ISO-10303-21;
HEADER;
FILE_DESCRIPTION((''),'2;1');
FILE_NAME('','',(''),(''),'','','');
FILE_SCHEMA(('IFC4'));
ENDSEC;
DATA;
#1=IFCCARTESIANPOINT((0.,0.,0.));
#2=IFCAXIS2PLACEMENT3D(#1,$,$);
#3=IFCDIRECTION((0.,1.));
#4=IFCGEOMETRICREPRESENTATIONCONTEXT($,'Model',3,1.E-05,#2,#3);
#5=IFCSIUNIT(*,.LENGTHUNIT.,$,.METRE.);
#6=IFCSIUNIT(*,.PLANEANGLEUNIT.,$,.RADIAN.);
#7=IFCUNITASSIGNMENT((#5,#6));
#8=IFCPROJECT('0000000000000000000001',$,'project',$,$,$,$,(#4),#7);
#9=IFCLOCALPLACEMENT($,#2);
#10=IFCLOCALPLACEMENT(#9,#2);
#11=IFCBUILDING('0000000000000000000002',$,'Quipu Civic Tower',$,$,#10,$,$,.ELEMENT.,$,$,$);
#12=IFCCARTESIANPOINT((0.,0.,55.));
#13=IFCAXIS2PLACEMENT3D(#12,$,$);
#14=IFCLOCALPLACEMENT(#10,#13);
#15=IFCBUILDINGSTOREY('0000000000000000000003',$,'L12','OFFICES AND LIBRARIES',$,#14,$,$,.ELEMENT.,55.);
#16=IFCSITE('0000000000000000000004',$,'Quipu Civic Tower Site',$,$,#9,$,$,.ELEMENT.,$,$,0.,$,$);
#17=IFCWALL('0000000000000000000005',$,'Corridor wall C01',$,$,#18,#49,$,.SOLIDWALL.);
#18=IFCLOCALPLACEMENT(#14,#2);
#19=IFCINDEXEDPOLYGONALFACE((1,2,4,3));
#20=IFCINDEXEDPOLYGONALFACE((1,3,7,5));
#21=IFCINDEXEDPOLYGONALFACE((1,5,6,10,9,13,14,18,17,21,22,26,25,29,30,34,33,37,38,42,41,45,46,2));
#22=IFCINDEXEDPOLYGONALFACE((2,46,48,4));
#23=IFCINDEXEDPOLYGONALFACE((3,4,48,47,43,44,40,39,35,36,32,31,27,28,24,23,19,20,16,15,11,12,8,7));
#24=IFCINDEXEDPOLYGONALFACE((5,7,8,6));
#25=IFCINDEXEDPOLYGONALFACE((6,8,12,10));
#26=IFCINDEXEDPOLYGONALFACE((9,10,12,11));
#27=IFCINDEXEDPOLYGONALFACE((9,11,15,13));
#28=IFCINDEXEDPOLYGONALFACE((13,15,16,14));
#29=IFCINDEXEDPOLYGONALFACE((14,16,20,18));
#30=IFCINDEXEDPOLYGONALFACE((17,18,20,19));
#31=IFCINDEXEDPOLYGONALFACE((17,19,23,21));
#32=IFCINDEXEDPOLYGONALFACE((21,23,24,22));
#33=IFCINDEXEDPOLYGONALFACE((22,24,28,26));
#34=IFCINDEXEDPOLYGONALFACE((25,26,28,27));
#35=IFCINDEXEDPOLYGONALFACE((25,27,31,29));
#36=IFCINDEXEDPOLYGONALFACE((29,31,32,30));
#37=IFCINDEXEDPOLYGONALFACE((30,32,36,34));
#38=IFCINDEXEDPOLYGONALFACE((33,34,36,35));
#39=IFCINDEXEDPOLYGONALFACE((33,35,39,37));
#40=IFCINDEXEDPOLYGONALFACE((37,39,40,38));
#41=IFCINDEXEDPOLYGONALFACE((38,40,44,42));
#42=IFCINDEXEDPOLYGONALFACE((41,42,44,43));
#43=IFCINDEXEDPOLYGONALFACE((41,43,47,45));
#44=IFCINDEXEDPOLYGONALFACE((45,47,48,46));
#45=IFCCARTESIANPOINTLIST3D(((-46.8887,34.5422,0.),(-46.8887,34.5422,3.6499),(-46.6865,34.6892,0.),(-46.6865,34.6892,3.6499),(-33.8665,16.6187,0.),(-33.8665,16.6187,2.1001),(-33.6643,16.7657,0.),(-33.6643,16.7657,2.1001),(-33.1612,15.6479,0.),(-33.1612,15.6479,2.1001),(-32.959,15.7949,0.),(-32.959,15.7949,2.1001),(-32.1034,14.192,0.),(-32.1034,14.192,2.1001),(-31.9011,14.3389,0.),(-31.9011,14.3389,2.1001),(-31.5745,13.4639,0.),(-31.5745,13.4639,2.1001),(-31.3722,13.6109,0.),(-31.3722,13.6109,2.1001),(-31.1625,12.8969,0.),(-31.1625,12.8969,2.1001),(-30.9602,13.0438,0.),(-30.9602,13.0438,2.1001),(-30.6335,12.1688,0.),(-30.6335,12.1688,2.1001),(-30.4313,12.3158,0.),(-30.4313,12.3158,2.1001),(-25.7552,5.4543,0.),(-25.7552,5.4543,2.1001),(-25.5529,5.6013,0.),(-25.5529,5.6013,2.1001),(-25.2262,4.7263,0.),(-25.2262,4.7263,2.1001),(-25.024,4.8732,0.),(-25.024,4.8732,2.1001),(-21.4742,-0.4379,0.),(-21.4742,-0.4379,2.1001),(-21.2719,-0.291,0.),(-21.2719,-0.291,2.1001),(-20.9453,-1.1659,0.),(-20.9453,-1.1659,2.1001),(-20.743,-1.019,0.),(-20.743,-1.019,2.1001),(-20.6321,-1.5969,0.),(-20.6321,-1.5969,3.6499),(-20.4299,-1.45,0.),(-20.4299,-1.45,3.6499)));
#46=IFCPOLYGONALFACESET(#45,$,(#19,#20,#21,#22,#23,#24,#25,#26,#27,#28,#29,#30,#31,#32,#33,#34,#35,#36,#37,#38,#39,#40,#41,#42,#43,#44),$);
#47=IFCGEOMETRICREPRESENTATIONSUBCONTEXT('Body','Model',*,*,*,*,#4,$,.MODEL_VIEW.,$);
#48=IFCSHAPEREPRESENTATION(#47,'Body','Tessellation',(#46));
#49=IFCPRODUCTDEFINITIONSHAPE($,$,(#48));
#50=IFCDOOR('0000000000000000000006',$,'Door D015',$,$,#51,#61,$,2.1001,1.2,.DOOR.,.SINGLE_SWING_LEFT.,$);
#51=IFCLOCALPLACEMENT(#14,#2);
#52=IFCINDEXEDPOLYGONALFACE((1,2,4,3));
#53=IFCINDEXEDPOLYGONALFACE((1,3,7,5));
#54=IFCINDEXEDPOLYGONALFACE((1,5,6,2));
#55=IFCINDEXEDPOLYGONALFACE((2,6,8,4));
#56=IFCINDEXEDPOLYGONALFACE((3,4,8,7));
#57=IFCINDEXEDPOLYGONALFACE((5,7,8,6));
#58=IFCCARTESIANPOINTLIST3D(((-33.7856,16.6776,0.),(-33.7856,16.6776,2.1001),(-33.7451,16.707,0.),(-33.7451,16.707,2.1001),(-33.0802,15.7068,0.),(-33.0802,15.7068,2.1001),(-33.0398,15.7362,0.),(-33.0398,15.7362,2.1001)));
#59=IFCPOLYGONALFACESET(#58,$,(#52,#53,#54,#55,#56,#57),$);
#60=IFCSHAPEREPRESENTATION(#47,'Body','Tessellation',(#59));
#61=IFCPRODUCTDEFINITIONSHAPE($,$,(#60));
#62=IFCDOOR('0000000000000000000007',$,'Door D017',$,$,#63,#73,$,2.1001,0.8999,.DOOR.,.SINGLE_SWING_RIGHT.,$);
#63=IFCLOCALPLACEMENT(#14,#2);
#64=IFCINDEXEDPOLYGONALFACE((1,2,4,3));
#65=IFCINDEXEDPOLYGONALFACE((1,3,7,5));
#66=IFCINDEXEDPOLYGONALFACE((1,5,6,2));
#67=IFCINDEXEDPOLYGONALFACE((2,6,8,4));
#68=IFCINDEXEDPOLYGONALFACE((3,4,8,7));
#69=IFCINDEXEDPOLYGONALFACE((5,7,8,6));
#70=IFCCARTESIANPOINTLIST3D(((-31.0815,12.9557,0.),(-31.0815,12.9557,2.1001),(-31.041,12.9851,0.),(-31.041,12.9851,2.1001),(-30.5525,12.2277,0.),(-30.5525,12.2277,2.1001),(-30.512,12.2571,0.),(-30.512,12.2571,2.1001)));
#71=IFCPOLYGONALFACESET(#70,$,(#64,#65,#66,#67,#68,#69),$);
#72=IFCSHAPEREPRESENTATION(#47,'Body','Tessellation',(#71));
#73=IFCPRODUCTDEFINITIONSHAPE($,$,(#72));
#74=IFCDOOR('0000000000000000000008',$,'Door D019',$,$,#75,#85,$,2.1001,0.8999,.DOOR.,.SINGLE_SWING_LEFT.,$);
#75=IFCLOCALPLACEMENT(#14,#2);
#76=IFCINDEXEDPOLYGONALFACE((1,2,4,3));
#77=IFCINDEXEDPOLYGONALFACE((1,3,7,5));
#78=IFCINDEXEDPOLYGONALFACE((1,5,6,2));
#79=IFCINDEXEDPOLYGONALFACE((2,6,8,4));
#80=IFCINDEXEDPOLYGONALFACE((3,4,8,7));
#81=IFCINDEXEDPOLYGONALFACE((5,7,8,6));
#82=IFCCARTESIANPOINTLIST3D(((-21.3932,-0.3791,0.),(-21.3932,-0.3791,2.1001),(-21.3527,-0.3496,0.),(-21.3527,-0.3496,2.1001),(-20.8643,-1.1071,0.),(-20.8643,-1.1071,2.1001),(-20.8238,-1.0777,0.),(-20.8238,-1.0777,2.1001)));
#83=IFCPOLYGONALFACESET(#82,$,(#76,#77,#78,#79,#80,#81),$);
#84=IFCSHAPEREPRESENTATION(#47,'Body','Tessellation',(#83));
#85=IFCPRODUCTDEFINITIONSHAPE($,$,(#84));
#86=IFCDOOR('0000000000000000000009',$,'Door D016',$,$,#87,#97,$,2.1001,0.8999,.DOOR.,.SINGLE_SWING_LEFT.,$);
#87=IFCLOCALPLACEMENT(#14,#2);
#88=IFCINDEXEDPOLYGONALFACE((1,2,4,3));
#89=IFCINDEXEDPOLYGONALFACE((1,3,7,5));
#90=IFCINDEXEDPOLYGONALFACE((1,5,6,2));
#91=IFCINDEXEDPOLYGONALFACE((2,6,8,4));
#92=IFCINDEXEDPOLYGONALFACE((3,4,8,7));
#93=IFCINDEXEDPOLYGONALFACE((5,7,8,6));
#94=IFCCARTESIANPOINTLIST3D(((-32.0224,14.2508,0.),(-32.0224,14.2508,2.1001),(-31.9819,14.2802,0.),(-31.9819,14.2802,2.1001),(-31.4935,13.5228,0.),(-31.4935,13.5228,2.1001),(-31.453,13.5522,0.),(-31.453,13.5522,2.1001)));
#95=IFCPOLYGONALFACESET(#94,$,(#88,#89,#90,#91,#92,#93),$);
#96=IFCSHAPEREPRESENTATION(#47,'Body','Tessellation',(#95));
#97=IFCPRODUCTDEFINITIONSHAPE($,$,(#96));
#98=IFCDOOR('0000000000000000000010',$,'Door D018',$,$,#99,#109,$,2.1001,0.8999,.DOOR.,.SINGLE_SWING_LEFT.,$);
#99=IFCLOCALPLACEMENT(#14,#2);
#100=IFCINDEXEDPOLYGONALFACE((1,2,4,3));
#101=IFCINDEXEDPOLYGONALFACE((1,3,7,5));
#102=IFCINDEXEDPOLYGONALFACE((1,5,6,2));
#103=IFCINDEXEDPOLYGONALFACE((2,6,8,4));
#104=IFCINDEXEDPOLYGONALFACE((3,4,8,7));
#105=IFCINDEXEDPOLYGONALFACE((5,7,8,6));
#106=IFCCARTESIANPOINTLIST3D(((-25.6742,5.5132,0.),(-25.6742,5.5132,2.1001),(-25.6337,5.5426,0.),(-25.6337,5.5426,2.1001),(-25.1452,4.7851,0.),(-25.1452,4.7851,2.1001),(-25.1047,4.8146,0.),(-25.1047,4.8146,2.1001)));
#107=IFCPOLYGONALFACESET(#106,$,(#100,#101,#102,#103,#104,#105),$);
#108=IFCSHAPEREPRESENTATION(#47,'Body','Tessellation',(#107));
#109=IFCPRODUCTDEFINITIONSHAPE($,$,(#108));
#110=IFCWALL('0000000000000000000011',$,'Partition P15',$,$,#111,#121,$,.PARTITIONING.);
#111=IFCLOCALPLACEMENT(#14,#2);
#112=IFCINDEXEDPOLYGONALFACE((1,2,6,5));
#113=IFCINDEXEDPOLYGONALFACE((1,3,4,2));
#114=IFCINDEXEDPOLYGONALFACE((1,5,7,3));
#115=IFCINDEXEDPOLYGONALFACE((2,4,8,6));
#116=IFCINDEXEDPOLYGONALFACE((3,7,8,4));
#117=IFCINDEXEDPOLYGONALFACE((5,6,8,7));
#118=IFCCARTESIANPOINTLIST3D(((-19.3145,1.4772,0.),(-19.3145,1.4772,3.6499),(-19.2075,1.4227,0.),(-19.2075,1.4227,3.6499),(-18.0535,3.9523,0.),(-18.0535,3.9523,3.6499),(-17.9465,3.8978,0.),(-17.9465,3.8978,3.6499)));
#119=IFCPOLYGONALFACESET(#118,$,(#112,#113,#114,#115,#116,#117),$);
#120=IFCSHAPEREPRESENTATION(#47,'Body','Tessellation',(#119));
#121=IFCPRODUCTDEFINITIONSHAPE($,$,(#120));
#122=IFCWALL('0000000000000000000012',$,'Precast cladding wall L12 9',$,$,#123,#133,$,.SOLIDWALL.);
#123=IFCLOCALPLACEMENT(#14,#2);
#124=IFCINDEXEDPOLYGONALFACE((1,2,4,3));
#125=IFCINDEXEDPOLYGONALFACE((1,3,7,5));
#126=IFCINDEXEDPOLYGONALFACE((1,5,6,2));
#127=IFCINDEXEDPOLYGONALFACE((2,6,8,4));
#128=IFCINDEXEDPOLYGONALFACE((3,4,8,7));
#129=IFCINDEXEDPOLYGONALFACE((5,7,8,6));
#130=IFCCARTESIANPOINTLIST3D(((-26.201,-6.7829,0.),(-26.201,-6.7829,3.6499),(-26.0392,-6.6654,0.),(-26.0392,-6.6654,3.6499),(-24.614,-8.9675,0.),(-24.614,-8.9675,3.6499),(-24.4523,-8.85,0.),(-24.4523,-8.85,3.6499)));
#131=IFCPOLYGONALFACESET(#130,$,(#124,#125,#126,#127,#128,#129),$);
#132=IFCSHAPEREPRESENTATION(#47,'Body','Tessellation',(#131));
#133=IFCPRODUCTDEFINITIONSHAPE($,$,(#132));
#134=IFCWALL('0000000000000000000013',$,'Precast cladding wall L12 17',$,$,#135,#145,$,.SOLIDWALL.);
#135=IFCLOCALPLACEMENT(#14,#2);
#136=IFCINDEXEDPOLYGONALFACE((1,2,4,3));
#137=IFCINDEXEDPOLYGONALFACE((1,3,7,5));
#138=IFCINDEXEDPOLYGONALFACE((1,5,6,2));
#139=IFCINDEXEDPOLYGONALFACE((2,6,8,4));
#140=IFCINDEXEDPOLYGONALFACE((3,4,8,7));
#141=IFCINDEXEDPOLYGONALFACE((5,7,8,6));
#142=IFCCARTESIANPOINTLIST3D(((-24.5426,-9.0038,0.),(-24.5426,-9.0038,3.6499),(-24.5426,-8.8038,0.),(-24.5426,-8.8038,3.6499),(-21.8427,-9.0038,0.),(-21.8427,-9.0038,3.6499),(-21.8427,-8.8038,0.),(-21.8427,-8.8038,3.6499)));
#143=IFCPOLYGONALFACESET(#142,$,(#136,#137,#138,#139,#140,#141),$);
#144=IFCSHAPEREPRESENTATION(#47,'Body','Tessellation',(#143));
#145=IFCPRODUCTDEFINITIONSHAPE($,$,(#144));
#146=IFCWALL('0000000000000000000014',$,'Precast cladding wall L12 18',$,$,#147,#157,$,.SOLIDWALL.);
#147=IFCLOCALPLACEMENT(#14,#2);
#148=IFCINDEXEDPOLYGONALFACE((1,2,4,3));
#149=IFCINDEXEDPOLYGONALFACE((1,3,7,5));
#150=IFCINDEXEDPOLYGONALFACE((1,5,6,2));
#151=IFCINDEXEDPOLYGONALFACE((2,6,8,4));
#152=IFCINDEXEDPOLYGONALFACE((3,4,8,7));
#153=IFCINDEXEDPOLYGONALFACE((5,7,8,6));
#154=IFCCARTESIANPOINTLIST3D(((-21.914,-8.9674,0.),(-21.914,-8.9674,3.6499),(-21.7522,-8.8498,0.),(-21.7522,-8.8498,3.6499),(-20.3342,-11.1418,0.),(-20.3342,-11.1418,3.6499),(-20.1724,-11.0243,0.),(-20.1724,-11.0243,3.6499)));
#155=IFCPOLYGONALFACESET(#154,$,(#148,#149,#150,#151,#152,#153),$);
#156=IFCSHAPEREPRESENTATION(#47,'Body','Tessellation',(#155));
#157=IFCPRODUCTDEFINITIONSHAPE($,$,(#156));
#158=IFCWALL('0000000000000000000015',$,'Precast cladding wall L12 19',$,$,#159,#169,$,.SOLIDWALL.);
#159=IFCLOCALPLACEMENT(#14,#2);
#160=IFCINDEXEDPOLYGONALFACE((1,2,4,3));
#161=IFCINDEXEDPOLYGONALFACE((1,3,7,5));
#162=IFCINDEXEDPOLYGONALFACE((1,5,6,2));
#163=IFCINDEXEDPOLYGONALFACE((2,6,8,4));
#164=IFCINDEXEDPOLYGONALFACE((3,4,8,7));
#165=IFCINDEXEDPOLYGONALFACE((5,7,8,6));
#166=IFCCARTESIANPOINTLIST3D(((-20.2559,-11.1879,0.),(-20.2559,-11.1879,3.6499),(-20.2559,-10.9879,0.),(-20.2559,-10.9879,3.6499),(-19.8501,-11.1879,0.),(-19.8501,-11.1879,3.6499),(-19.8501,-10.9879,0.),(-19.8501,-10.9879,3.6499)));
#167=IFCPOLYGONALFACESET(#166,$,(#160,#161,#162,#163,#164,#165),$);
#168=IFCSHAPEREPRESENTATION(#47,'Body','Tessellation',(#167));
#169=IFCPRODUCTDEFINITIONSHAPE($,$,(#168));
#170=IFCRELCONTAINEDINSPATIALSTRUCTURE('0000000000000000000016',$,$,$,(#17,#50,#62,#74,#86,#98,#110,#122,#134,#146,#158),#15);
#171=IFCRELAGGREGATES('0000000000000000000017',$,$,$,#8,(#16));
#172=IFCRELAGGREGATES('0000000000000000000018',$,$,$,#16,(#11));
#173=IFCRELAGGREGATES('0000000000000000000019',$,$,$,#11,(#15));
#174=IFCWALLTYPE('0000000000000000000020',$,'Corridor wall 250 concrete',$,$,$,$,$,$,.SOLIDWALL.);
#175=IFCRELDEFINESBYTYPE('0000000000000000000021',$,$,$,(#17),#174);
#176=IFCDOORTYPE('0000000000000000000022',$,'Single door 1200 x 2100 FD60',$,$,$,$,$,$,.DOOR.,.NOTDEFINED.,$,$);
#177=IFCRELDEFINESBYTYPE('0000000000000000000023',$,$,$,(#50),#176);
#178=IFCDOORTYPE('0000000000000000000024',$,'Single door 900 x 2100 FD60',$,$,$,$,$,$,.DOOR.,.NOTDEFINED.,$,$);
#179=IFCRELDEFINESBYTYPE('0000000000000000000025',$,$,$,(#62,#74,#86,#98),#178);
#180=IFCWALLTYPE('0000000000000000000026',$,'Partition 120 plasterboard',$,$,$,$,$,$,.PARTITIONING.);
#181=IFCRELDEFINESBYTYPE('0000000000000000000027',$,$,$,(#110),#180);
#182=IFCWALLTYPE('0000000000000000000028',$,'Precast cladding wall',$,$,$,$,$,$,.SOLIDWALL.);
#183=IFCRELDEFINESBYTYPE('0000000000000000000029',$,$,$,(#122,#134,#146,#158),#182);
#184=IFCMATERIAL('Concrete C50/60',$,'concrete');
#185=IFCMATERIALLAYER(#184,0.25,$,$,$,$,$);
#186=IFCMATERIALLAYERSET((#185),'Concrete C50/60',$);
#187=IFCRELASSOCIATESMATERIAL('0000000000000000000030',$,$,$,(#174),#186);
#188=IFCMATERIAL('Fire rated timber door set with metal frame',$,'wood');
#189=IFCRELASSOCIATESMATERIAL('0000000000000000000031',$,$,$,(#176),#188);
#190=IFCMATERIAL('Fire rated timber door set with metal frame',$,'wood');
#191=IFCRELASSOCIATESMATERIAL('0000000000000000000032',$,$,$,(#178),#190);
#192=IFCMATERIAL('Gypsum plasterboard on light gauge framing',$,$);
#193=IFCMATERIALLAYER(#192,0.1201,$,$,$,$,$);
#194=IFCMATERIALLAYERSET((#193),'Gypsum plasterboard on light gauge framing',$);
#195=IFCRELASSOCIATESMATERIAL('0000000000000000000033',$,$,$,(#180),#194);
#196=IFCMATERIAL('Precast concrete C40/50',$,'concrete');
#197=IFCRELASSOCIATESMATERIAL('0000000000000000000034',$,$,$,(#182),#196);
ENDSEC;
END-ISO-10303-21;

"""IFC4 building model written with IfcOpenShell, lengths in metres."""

from ifc_helpers import new_model, si_unit, direction, frame, frame_2d, origin, place, context, subcontext, project, spatial, rectangle, extrude, material, layer, layer_set, type_object, element, fill, save


model = new_model("IFC4")

# Units and contexts
model_context = context("Model", 3, precision=1e-05, world=origin(), true_north=direction((0.0, 1.0)))
body_context = subcontext(model_context, "Body", "Model", "MODEL_VIEW")
ifc_project = project(units=[si_unit("LENGTHUNIT", "METRE"), si_unit("PLANEANGLEUNIT", "RADIAN")], contexts=[model_context])

# Site, building, storey
site_placement = place(None, origin())
site = spatial("IfcSite", under=ifc_project, at=site_placement, Name="Quipu Civic Tower Site", CompositionType="ELEMENT", RefElevation=0.0)
building_placement = place(site_placement, origin())
building = spatial("IfcBuilding", under=site, at=building_placement, Name="Quipu Civic Tower", CompositionType="ELEMENT")
storey_placement = place(building_placement, frame((0.0, 0.0, 55.0)))
storey = spatial("IfcBuildingStorey", under=building, at=storey_placement, Name="L12", Description="OFFICES AND LIBRARIES", CompositionType="ELEMENT", Elevation=55.0)

# Wall, openings, doors
ifc_material_1 = material(Name="Concrete C50/60", Category="concrete")
ifc_layer_1 = layer(ifc_material_1, 0.25)
ifc_layer_set_1 = layer_set([ifc_layer_1], Name="Concrete C50/60")
wall_type_1 = type_object("IfcWallType", Name="Corridor wall 250 concrete", PredefinedType="SOLIDWALL", material=ifc_layer_set_1)
wall_1_placement = place(storey_placement, frame((-20.531, -1.5234, 0.0), z_axis=(0.0, 0.0, 1.0), x_axis=(-0.587785, 0.809017, 0.0)))
wall_1 = element("IfcWall", 1, at=wall_1_placement, inside=storey, type_object=wall_type_1, Name="Corridor wall C01", PredefinedType="SOLIDWALL", context=body_context, shape_type="SweptSolid", body=[
    extrude(rectangle(XDim=44.6704, YDim=0.25, at=frame_2d((22.3352, 0.0))), origin(), (0.0, 0.0, 1.0), 3.6499),
])
opening_1_placement = place(wall_1_placement, frame((21.3157, 0.0, 0.0)))
opening_1 = element("IfcOpeningElement", 2, at=opening_1_placement, cuts=wall_1, PredefinedType="OPENING", context=body_context, shape_type="SweptSolid", body=[
    extrude(rectangle(XDim=1.2, YDim=2.1001, at=frame_2d((0.6001, 1.05))), frame((0.0, 0.135, 0.0), z_axis=(0.0, -1.0, 0.0), x_axis=(1.0, 0.0, 0.0)), (0.0, 0.0, 1.0), 0.27),
])
opening_2_placement = place(wall_1_placement, frame((17.0154, 0.0, 0.0)))
opening_2 = element("IfcOpeningElement", 3, at=opening_2_placement, cuts=wall_1, PredefinedType="OPENING", context=body_context, shape_type="SweptSolid", body=[
    extrude(rectangle(XDim=0.8999, YDim=2.1001, at=frame_2d((0.45, 1.05))), frame((0.0, 0.135, 0.0), z_axis=(0.0, -1.0, 0.0), x_axis=(1.0, 0.0, 0.0)), (0.0, 0.0, 1.0), 0.27),
])
opening_3_placement = place(wall_1_placement, frame((0.5327, 0.0, 0.0)))
opening_3 = element("IfcOpeningElement", 4, at=opening_3_placement, cuts=wall_1, PredefinedType="OPENING", context=body_context, shape_type="SweptSolid", body=[
    extrude(rectangle(XDim=0.8999, YDim=2.1001, at=frame_2d((0.45, 1.05))), frame((0.0, 0.135, 0.0), z_axis=(0.0, -1.0, 0.0), x_axis=(1.0, 0.0, 0.0)), (0.0, 0.0, 1.0), 0.27),
])
opening_4_placement = place(wall_1_placement, frame((18.6162, 0.0, 0.0)))
opening_4 = element("IfcOpeningElement", 5, at=opening_4_placement, cuts=wall_1, PredefinedType="OPENING", context=body_context, shape_type="SweptSolid", body=[
    extrude(rectangle(XDim=0.8999, YDim=2.1001, at=frame_2d((0.45, 1.05))), frame((0.0, 0.135, 0.0), z_axis=(0.0, -1.0, 0.0), x_axis=(1.0, 0.0, 0.0)), (0.0, 0.0, 1.0), 0.27),
])
opening_5_placement = place(wall_1_placement, frame((7.8159, 0.0, 0.0)))
opening_5 = element("IfcOpeningElement", 6, at=opening_5_placement, cuts=wall_1, PredefinedType="OPENING", context=body_context, shape_type="SweptSolid", body=[
    extrude(rectangle(XDim=0.8999, YDim=2.1001, at=frame_2d((0.45, 1.05))), frame((0.0, 0.135, 0.0), z_axis=(0.0, -1.0, 0.0), x_axis=(1.0, 0.0, 0.0)), (0.0, 0.0, 1.0), 0.27),
])
ifc_material_2 = material(Name="Fire rated timber door set with metal frame", Category="wood")
door_type_1 = type_object("IfcDoorType", Name="Single door 1200 x 2100 FD60", OperationType="NOTDEFINED", PredefinedType="DOOR", material=ifc_material_2)
door_1_placement = place(opening_1_placement, origin())
door_1 = element("IfcDoor", 7, at=door_1_placement, inside=storey, type_object=door_type_1, Name="Door D015", OperationType="SINGLE_SWING_LEFT", OverallHeight=2.1001, OverallWidth=1.2, PredefinedType="DOOR", context=body_context, shape_type="SweptSolid", body=[
    extrude(rectangle(XDim=1.2, YDim=2.1001, at=frame_2d((0.6001, 1.05))), frame((0.0, 0.0249, 0.0), z_axis=(0.0, -1.0, 0.0), x_axis=(1.0, 0.0, 0.0)), (0.0, 0.0, 1.0), 0.05),
])
fill(opening_1, door_1)
ifc_material_3 = material(Name="Fire rated timber door set with metal frame", Category="wood")
door_type_2 = type_object("IfcDoorType", Name="Single door 900 x 2100 FD60", OperationType="NOTDEFINED", PredefinedType="DOOR", material=ifc_material_3)
door_2_placement = place(opening_2_placement, origin())
door_2 = element("IfcDoor", 8, at=door_2_placement, inside=storey, type_object=door_type_2, Name="Door D017", OperationType="SINGLE_SWING_RIGHT", OverallHeight=2.1001, OverallWidth=0.8999, PredefinedType="DOOR", context=body_context, shape_type="SweptSolid", body=[
    extrude(rectangle(XDim=0.8999, YDim=2.1001, at=frame_2d((0.45, 1.05))), frame((0.0, 0.0249, 0.0), z_axis=(0.0, -1.0, 0.0), x_axis=(1.0, 0.0, 0.0)), (0.0, 0.0, 1.0), 0.05),
])
fill(opening_2, door_2)
door_3_placement = place(opening_3_placement, origin())
door_3 = element("IfcDoor", 9, at=door_3_placement, inside=storey, type_object=door_type_2, Name="Door D019", OperationType="SINGLE_SWING_LEFT", OverallHeight=2.1001, OverallWidth=0.8999, PredefinedType="DOOR", context=body_context, shape_type="SweptSolid", body=[
    extrude(rectangle(XDim=0.8999, YDim=2.1001, at=frame_2d((0.45, 1.05))), frame((0.0, 0.0249, 0.0), z_axis=(0.0, -1.0, 0.0), x_axis=(1.0, 0.0, 0.0)), (0.0, 0.0, 1.0), 0.05),
])
fill(opening_3, door_3)
door_4_placement = place(opening_4_placement, origin())
door_4 = element("IfcDoor", 10, at=door_4_placement, inside=storey, type_object=door_type_2, Name="Door D016", OperationType="SINGLE_SWING_LEFT", OverallHeight=2.1001, OverallWidth=0.8999, PredefinedType="DOOR", context=body_context, shape_type="SweptSolid", body=[
    extrude(rectangle(XDim=0.8999, YDim=2.1001, at=frame_2d((0.45, 1.05))), frame((0.0, 0.0249, 0.0), z_axis=(0.0, -1.0, 0.0), x_axis=(1.0, 0.0, 0.0)), (0.0, 0.0, 1.0), 0.05),
])
fill(opening_4, door_4)
door_5_placement = place(opening_5_placement, origin())
door_5 = element("IfcDoor", 11, at=door_5_placement, inside=storey, type_object=door_type_2, Name="Door D018", OperationType="SINGLE_SWING_LEFT", OverallHeight=2.1001, OverallWidth=0.8999, PredefinedType="DOOR", context=body_context, shape_type="SweptSolid", body=[
    extrude(rectangle(XDim=0.8999, YDim=2.1001, at=frame_2d((0.45, 1.05))), frame((0.0, 0.0249, 0.0), z_axis=(0.0, -1.0, 0.0), x_axis=(1.0, 0.0, 0.0)), (0.0, 0.0, 1.0), 0.05),
])
fill(opening_5, door_5)

# Walls
ifc_material_4 = material(Name="Gypsum plasterboard on light gauge framing")
ifc_layer_2 = layer(ifc_material_4, 0.1201)
ifc_layer_set_2 = layer_set([ifc_layer_2], Name="Gypsum plasterboard on light gauge framing")
wall_type_2 = type_object("IfcWallType", Name="Partition 120 plasterboard", PredefinedType="PARTITIONING", material=ifc_layer_set_2)
wall_2_placement = place(storey_placement, frame((-19.261, 1.45, 0.0), z_axis=(0.0, 0.0, 1.0), x_axis=(0.453951, 0.891027, 0.0)))
element("IfcWall", 12, at=wall_2_placement, inside=storey, type_object=wall_type_2, Name="Partition P15", PredefinedType="PARTITIONING", context=body_context, shape_type="SweptSolid", body=[
    extrude(rectangle(XDim=2.7778, YDim=0.1201, at=frame_2d((1.3889, 0.0))), origin(), (0.0, 0.0, 1.0), 3.6499),
])
ifc_material_5 = material(Name="Precast concrete C40/50", Category="concrete")
wall_type_3 = type_object("IfcWallType", Name="Precast cladding wall", PredefinedType="SOLIDWALL", material=ifc_material_5)
wall_3_placement = place(storey_placement, frame((-26.1201, -6.7241, 0.0), z_axis=(0.0, 0.0, 1.0), x_axis=(0.58772, -0.809064, 0.0)))
element("IfcWall", 13, at=wall_3_placement, inside=storey, type_object=wall_type_3, Name="Precast cladding wall L12 9", PredefinedType="SOLIDWALL", context=body_context, shape_type="SweptSolid", body=[
    extrude(rectangle(XDim=2.7002, YDim=0.2, at=frame_2d((1.3501, 0.0))), origin(), (0.0, 0.0, 1.0), 3.6499),
])
wall_4_placement = place(storey_placement, frame((-24.5427, -8.9038, 0.0), z_axis=(0.0, 0.0, 1.0), x_axis=(1.0, 0.0, 0.0)))
element("IfcWall", 14, at=wall_4_placement, inside=storey, type_object=wall_type_3, Name="Precast cladding wall L12 17", PredefinedType="SOLIDWALL", context=body_context, shape_type="SweptSolid", body=[
    extrude(rectangle(XDim=2.7, YDim=0.2, at=frame_2d((1.3501, 0.0))), origin(), (0.0, 0.0, 1.0), 3.6499),
])
wall_5_placement = place(storey_placement, frame((-21.833, -8.9087, 0.0), z_axis=(0.0, 0.0, 1.0), x_axis=(0.587767, -0.809031, 0.0)))
element("IfcWall", 15, at=wall_5_placement, inside=storey, type_object=wall_type_3, Name="Precast cladding wall L12 18", PredefinedType="SOLIDWALL", context=body_context, shape_type="SweptSolid", body=[
    extrude(rectangle(XDim=2.6877, YDim=0.2, at=frame_2d((1.3438, 0.0))), origin(), (0.0, 0.0, 1.0), 3.6499),
])
wall_6_placement = place(storey_placement, frame((-20.2559, -11.0879, 0.0), z_axis=(0.0, 0.0, 1.0), x_axis=(1.0, 0.0, 0.0)))
element("IfcWall", 16, at=wall_6_placement, inside=storey, type_object=wall_type_3, Name="Precast cladding wall L12 19", PredefinedType="SOLIDWALL", context=body_context, shape_type="SweptSolid", body=[
    extrude(rectangle(XDim=0.4058, YDim=0.2, at=frame_2d((0.2029, 0.0))), origin(), (0.0, 0.0, 1.0), 3.6499),
])

save(model, "model.ifc")
